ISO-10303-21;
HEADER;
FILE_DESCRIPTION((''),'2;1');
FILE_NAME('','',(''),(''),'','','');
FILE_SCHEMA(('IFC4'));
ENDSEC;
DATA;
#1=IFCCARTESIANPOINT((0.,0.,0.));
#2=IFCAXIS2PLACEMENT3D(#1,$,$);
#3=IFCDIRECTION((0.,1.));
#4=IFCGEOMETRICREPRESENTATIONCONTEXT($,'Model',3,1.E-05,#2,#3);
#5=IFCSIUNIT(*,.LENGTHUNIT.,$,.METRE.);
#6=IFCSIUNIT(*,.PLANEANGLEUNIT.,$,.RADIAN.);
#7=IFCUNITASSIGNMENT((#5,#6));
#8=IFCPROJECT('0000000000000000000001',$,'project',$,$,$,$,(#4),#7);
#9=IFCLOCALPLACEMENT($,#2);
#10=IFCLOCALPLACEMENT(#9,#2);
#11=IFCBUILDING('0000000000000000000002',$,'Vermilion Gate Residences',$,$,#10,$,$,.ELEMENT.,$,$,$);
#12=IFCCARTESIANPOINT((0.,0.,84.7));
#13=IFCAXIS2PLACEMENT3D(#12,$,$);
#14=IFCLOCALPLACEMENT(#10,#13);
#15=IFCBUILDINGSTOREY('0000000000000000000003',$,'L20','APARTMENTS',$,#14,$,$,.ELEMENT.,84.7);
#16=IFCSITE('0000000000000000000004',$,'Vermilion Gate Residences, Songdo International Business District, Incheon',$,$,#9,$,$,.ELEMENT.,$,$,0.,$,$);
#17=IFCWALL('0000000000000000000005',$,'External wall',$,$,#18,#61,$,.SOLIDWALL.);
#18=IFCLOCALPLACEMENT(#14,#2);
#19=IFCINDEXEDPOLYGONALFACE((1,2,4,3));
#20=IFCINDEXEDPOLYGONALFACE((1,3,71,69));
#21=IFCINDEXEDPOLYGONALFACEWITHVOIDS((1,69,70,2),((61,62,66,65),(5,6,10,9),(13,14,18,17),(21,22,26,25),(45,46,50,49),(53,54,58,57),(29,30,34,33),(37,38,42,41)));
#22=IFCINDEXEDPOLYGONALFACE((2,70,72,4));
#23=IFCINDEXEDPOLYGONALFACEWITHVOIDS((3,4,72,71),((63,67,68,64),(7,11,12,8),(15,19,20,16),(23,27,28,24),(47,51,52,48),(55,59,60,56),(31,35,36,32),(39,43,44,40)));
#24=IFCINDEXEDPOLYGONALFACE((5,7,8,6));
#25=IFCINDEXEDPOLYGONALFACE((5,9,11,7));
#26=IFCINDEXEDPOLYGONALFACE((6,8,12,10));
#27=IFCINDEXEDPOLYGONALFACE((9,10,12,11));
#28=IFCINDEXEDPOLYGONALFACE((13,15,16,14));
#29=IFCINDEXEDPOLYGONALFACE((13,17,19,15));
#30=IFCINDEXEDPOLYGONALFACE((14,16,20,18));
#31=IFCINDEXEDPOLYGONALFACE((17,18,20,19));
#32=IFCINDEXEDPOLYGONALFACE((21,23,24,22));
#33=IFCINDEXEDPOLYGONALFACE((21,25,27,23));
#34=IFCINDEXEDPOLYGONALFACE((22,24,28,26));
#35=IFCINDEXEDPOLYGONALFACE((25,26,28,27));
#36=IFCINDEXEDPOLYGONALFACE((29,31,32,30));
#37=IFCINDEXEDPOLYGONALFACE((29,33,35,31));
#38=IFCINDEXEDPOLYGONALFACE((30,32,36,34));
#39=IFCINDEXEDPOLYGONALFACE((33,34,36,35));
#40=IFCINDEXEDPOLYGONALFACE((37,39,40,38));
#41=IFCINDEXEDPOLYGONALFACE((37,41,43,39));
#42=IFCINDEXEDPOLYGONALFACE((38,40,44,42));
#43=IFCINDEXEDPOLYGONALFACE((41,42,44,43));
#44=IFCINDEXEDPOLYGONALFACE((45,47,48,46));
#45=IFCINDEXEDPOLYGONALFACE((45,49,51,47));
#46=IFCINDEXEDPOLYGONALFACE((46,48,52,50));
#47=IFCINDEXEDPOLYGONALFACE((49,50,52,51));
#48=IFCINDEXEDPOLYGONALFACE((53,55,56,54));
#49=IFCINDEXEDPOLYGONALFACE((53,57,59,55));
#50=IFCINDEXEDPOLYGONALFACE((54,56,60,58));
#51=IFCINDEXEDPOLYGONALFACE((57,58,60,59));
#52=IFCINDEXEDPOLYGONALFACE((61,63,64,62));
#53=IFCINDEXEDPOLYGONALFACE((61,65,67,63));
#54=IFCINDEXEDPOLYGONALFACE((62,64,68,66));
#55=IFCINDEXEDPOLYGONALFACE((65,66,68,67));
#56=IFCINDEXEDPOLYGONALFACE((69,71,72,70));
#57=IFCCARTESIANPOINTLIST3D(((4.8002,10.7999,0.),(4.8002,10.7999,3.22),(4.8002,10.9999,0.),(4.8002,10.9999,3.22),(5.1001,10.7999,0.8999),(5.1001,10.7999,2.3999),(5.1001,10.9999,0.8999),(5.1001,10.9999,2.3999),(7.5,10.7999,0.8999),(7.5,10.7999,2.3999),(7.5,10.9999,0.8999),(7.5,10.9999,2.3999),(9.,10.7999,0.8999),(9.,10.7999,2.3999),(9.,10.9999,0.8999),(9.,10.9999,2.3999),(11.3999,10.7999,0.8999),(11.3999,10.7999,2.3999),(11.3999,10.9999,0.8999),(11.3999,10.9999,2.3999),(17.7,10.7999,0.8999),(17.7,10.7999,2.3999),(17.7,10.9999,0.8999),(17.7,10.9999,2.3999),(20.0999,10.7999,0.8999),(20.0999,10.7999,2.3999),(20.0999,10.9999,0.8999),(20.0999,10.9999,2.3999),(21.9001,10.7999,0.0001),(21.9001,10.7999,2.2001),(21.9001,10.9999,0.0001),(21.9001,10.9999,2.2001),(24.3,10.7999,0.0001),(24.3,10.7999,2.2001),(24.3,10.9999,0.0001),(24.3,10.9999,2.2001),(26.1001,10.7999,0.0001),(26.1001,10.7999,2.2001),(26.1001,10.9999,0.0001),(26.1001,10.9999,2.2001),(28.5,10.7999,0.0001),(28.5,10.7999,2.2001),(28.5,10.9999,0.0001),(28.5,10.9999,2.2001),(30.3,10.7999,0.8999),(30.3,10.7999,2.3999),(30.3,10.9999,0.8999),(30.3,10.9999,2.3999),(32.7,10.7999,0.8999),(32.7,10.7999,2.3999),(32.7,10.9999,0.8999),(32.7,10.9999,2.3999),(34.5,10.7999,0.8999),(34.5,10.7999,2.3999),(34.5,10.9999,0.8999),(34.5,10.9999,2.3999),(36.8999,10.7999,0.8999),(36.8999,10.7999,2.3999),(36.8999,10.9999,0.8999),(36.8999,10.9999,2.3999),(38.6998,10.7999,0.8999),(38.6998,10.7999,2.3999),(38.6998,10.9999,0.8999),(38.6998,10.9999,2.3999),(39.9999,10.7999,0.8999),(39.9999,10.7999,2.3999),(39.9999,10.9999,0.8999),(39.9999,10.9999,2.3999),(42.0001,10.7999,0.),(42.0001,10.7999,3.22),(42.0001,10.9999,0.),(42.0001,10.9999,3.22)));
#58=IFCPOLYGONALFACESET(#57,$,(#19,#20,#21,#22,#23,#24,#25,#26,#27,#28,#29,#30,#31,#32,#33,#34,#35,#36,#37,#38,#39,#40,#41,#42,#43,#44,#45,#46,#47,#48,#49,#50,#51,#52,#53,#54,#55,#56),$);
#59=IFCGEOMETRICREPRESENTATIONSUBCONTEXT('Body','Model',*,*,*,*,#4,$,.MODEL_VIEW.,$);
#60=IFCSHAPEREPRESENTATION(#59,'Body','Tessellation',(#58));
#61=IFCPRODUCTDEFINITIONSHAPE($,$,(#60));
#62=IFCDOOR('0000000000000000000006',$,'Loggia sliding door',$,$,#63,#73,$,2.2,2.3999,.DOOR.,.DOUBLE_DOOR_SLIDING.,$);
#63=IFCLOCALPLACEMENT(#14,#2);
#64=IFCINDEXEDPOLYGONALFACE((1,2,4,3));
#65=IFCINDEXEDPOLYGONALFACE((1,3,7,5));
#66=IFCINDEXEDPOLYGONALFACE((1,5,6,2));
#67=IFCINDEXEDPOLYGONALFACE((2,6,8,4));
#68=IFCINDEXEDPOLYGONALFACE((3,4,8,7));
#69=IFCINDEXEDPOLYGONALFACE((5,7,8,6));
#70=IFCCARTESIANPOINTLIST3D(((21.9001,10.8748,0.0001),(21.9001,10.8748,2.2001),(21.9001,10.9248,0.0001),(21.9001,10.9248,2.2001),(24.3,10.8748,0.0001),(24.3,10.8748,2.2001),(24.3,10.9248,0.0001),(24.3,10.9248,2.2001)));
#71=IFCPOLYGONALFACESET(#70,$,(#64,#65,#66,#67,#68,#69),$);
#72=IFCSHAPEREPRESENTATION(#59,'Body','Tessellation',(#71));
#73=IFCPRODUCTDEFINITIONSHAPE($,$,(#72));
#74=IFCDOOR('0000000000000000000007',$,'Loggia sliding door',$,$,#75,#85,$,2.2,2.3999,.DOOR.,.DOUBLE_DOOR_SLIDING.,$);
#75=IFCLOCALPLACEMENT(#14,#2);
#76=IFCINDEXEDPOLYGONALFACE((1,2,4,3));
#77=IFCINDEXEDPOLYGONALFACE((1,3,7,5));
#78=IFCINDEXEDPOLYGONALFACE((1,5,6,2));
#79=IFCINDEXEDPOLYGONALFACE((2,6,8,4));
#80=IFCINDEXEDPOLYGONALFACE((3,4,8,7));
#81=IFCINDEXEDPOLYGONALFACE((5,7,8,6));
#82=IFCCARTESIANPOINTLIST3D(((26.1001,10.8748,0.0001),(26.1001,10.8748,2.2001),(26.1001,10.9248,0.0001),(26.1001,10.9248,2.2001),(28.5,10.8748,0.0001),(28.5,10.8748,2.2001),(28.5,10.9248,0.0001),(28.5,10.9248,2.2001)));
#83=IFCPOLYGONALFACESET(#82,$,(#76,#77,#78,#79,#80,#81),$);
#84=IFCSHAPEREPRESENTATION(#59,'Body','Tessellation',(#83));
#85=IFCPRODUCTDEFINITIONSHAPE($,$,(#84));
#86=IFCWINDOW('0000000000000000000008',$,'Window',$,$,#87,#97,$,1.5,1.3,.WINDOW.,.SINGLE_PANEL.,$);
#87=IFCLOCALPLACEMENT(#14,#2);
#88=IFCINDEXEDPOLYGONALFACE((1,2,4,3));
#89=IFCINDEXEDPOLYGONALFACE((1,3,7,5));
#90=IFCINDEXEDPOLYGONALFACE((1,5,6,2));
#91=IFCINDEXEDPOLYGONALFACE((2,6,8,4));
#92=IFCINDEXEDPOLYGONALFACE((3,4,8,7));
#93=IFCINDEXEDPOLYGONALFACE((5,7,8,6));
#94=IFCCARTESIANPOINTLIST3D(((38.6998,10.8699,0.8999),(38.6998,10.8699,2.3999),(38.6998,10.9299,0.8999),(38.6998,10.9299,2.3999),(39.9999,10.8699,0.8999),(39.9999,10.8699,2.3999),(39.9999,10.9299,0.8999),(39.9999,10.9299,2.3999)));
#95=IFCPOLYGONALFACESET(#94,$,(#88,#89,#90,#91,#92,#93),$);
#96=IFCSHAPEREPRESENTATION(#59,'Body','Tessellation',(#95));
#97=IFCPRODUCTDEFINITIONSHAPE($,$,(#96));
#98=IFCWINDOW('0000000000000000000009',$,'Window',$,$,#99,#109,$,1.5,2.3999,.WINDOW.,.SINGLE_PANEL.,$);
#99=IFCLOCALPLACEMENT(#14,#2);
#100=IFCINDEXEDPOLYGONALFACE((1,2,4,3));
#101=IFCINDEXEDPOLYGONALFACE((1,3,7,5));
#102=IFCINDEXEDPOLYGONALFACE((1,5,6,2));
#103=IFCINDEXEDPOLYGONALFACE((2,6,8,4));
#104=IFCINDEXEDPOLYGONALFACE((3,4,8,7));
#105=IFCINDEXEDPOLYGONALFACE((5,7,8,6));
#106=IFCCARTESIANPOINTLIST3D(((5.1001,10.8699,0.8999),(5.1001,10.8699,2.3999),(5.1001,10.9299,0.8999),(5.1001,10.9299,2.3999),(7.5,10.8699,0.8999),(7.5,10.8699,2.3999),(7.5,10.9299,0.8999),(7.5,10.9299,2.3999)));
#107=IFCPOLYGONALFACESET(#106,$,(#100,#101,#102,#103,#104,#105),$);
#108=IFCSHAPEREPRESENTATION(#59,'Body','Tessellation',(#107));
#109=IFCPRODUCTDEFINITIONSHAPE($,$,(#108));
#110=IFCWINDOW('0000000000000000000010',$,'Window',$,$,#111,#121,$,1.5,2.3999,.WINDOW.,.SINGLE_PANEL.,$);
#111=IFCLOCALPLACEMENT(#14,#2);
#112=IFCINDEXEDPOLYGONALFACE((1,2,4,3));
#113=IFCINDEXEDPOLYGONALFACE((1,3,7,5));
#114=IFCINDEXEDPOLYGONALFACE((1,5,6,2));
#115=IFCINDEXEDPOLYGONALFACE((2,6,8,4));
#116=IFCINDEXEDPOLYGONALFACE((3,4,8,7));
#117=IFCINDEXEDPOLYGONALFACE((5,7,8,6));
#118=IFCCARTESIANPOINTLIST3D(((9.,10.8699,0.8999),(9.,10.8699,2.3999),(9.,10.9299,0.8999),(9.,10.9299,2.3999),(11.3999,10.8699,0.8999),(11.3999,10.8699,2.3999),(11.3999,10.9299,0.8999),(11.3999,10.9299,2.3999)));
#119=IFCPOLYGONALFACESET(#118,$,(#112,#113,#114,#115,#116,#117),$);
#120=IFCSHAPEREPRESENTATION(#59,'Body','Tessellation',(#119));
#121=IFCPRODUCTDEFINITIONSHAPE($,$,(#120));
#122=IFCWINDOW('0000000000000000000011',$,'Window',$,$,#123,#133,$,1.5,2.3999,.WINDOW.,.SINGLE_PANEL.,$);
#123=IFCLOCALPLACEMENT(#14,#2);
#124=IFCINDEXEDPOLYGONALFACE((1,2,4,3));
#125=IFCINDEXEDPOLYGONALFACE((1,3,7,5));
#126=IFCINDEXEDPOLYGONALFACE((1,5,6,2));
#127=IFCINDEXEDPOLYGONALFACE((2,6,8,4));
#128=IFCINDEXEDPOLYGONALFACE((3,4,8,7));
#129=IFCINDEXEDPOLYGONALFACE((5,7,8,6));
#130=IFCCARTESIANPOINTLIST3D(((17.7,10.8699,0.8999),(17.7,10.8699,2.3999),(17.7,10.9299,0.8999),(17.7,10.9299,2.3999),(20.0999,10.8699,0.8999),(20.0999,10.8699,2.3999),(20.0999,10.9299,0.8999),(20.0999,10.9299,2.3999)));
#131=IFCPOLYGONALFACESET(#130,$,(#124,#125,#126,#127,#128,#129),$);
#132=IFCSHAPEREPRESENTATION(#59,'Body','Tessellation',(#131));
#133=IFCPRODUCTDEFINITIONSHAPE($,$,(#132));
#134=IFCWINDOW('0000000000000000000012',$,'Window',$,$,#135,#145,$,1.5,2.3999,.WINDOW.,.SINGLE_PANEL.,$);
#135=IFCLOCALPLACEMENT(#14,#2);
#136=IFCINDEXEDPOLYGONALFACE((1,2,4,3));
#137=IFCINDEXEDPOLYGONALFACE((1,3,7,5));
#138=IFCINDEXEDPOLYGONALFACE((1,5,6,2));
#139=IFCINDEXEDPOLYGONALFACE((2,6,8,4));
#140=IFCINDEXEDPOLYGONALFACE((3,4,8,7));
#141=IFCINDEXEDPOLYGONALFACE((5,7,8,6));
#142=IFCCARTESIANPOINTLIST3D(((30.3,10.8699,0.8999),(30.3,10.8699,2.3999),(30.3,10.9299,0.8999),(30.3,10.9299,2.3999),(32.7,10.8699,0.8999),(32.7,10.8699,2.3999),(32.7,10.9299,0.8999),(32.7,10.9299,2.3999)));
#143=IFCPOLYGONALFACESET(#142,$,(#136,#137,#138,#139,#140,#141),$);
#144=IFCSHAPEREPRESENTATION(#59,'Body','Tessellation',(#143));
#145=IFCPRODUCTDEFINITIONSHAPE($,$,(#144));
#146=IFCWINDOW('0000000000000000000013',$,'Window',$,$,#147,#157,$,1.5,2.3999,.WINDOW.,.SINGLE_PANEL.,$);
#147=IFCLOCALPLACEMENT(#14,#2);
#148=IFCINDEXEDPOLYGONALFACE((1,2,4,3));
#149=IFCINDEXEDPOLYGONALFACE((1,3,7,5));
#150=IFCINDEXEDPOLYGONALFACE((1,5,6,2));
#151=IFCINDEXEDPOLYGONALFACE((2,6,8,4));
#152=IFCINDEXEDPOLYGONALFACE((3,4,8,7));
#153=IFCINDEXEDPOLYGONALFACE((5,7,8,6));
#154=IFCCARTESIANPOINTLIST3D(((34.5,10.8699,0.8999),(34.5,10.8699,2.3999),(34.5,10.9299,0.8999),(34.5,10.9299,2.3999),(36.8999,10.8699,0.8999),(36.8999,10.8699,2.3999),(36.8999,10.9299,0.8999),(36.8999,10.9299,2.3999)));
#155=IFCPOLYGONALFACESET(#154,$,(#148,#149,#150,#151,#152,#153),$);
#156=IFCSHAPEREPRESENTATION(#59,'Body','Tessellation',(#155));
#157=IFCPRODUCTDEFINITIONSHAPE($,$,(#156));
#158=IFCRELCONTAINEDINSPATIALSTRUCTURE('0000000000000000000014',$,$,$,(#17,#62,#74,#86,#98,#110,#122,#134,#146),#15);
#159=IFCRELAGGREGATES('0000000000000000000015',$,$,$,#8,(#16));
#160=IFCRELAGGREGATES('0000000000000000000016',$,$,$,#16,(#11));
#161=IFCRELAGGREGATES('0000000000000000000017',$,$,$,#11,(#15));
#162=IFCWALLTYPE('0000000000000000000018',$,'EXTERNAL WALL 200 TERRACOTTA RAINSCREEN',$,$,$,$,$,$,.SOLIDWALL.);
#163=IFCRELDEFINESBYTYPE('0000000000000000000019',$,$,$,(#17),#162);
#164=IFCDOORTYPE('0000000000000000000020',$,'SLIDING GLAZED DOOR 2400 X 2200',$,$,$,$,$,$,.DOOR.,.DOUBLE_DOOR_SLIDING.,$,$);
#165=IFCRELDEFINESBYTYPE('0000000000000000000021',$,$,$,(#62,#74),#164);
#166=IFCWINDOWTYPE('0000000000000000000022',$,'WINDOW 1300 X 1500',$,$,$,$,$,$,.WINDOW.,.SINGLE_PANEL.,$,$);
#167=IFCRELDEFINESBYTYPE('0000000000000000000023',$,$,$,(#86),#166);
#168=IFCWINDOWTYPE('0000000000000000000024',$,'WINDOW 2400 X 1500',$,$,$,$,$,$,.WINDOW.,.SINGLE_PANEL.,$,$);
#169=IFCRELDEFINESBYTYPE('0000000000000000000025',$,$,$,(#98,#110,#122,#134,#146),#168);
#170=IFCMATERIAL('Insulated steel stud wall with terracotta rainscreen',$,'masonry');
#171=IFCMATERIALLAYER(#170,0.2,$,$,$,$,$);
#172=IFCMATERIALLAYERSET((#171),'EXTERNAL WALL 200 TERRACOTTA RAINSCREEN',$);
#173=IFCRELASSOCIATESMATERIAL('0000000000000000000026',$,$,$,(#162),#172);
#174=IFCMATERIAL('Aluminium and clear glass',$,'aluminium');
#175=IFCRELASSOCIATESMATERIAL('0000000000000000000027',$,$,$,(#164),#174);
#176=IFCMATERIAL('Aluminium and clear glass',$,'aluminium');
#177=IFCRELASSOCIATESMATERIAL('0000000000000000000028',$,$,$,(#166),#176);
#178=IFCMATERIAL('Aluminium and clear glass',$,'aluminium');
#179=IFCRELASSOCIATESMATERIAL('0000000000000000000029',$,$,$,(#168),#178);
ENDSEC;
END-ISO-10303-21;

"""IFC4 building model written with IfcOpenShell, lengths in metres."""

from ifc_helpers import new_model, si_unit, direction, frame, frame_2d, origin, place, context, subcontext, project, spatial, rectangle, extrude, material, layer, layer_set, type_object, element, fill, save


model = new_model("IFC4")

# Units and contexts
model_context = context("Model", 3, precision=1e-05, world=origin(), true_north=direction((0.0, 1.0)))
body_context = subcontext(model_context, "Body", "Model", "MODEL_VIEW")
ifc_project = project(units=[si_unit("LENGTHUNIT", "METRE"), si_unit("PLANEANGLEUNIT", "RADIAN")], contexts=[model_context])

# Site, building, storey
site_placement = place(None, origin())
site = spatial("IfcSite", under=ifc_project, at=site_placement, Name="Vermilion Gate Residences, Songdo International Business District, Incheon", CompositionType="ELEMENT", RefElevation=0.0)
building_placement = place(site_placement, origin())
building = spatial("IfcBuilding", under=site, at=building_placement, Name="Vermilion Gate Residences", CompositionType="ELEMENT")
storey_placement = place(building_placement, frame((0.0, 0.0, 84.7)))
storey = spatial("IfcBuildingStorey", under=building, at=storey_placement, Name="L20", Description="APARTMENTS", CompositionType="ELEMENT", Elevation=84.7)

# Shared definitions
ifc_material_1 = material(Name="Insulated steel stud wall with terracotta rainscreen", Category="masonry")
ifc_layer_1 = layer(ifc_material_1, 0.2)
ifc_layer_set_1 = layer_set([ifc_layer_1], Name="EXTERNAL WALL 200 TERRACOTTA RAINSCREEN")
wall_type_1 = type_object("IfcWallType", Name="EXTERNAL WALL 200 TERRACOTTA RAINSCREEN", PredefinedType="SOLIDWALL", material=ifc_layer_set_1)

# Wall, openings, doors, windows
wall_1_placement = place(storey_placement, frame((4.8, 10.8999, 0.0), z_axis=(0.0, 0.0, 1.0), x_axis=(1.0, 0.0, 0.0)))
wall_1 = element("IfcWall", 1, at=wall_1_placement, inside=storey, type_object=wall_type_1, Name="External wall", PredefinedType="SOLIDWALL", context=body_context, shape_type="SweptSolid", body=[
    extrude(rectangle(XDim=37.2, YDim=0.2, at=frame_2d((18.6001, 0.0))), origin(), (0.0, 0.0, 1.0), 3.22),
])
opening_1_placement = place(wall_1_placement, frame((0.3, 0.0, 0.8999)))
opening_1 = element("IfcOpeningElement", 2, at=opening_1_placement, cuts=wall_1, PredefinedType="OPENING", context=body_context, shape_type="SweptSolid", body=[
    extrude(rectangle(XDim=2.3999, YDim=1.5, at=frame_2d((1.2, 0.75))), frame((0.0, 0.1099, 0.0), z_axis=(0.0, -1.0, 0.0), x_axis=(1.0, 0.0, 0.0)), (0.0, 0.0, 1.0), 0.22),
])
opening_2_placement = place(wall_1_placement, frame((4.2, 0.0, 0.8999)))
opening_2 = element("IfcOpeningElement", 3, at=opening_2_placement, cuts=wall_1, PredefinedType="OPENING", context=body_context, shape_type="SweptSolid", body=[
    extrude(rectangle(XDim=2.3999, YDim=1.5, at=frame_2d((1.2, 0.75))), frame((0.0, 0.1099, 0.0), z_axis=(0.0, -1.0, 0.0), x_axis=(1.0, 0.0, 0.0)), (0.0, 0.0, 1.0), 0.22),
])
opening_3_placement = place(wall_1_placement, frame((12.8999, 0.0, 0.8999)))
opening_3 = element("IfcOpeningElement", 4, at=opening_3_placement, cuts=wall_1, PredefinedType="OPENING", context=body_context, shape_type="SweptSolid", body=[
    extrude(rectangle(XDim=2.3999, YDim=1.5, at=frame_2d((1.2, 0.75))), frame((0.0, 0.1099, 0.0), z_axis=(0.0, -1.0, 0.0), x_axis=(1.0, 0.0, 0.0)), (0.0, 0.0, 1.0), 0.22),
])
opening_4_placement = place(wall_1_placement, frame((17.1001, 0.0, 0.0)))
opening_4 = element("IfcOpeningElement", 5, at=opening_4_placement, cuts=wall_1, PredefinedType="OPENING", context=body_context, shape_type="SweptSolid", body=[
    extrude(rectangle(XDim=2.3999, YDim=2.2, at=frame_2d((1.2, 1.1001))), frame((0.0, 0.1099, 0.0), z_axis=(0.0, -1.0, 0.0), x_axis=(1.0, 0.0, 0.0)), (0.0, 0.0, 1.0), 0.22),
])
opening_5_placement = place(wall_1_placement, frame((21.3, 0.0, 0.0)))
opening_5 = element("IfcOpeningElement", 6, at=opening_5_placement, cuts=wall_1, PredefinedType="OPENING", context=body_context, shape_type="SweptSolid", body=[
    extrude(rectangle(XDim=2.3999, YDim=2.2, at=frame_2d((1.2, 1.1001))), frame((0.0, 0.1099, 0.0), z_axis=(0.0, -1.0, 0.0), x_axis=(1.0, 0.0, 0.0)), (0.0, 0.0, 1.0), 0.22),
])
opening_6_placement = place(wall_1_placement, frame((25.5, 0.0, 0.8999)))
opening_6 = element("IfcOpeningElement", 7, at=opening_6_placement, cuts=wall_1, PredefinedType="OPENING", context=body_context, shape_type="SweptSolid", body=[
    extrude(rectangle(XDim=2.3999, YDim=1.5, at=frame_2d((1.2, 0.75))), frame((0.0, 0.1099, 0.0), z_axis=(0.0, -1.0, 0.0), x_axis=(1.0, 0.0, 0.0)), (0.0, 0.0, 1.0), 0.22),
])
opening_7_placement = place(wall_1_placement, frame((29.7, 0.0, 0.8999)))
opening_7 = element("IfcOpeningElement", 8, at=opening_7_placement, cuts=wall_1, PredefinedType="OPENING", context=body_context, shape_type="SweptSolid", body=[
    extrude(rectangle(XDim=2.3999, YDim=1.5, at=frame_2d((1.2, 0.75))), frame((0.0, 0.1099, 0.0), z_axis=(0.0, -1.0, 0.0), x_axis=(1.0, 0.0, 0.0)), (0.0, 0.0, 1.0), 0.22),
])
opening_8_placement = place(wall_1_placement, frame((33.8999, 0.0, 0.8999)))
opening_8 = element("IfcOpeningElement", 9, at=opening_8_placement, cuts=wall_1, PredefinedType="OPENING", context=body_context, shape_type="SweptSolid", body=[
    extrude(rectangle(XDim=1.3, YDim=1.5, at=frame_2d((0.6499, 0.75))), frame((0.0, 0.1099, 0.0), z_axis=(0.0, -1.0, 0.0), x_axis=(1.0, 0.0, 0.0)), (0.0, 0.0, 1.0), 0.22),
])
ifc_material_2 = material(Name="Aluminium and clear glass", Category="aluminium")
door_type_1 = type_object("IfcDoorType", Name="SLIDING GLAZED DOOR 2400 X 2200", OperationType="DOUBLE_DOOR_SLIDING", PredefinedType="DOOR", material=ifc_material_2)
door_1_placement = place(opening_4_placement, origin())
door_1 = element("IfcDoor", 10, at=door_1_placement, inside=storey, type_object=door_type_1, Name="Loggia sliding door", OperationType="DOUBLE_DOOR_SLIDING", OverallHeight=2.2, OverallWidth=2.3999, PredefinedType="DOOR", context=body_context, shape_type="SweptSolid", body=[
    extrude(rectangle(XDim=2.3999, YDim=2.2, at=frame_2d((1.2, 1.1001))), frame((0.0, 0.0249, 0.0), z_axis=(0.0, -1.0, 0.0), x_axis=(1.0, 0.0, 0.0)), (0.0, 0.0, 1.0), 0.05),
])
fill(opening_4, door_1)
door_2_placement = place(opening_5_placement, origin())
door_2 = element("IfcDoor", 11, at=door_2_placement, inside=storey, type_object=door_type_1, Name="Loggia sliding door", OperationType="DOUBLE_DOOR_SLIDING", OverallHeight=2.2, OverallWidth=2.3999, PredefinedType="DOOR", context=body_context, shape_type="SweptSolid", body=[
    extrude(rectangle(XDim=2.3999, YDim=2.2, at=frame_2d((1.2, 1.1001))), frame((0.0, 0.0249, 0.0), z_axis=(0.0, -1.0, 0.0), x_axis=(1.0, 0.0, 0.0)), (0.0, 0.0, 1.0), 0.05),
])
fill(opening_5, door_2)
ifc_material_3 = material(Name="Aluminium and clear glass", Category="aluminium")
window_type_1 = type_object("IfcWindowType", Name="WINDOW 1300 X 1500", PartitioningType="SINGLE_PANEL", PredefinedType="WINDOW", material=ifc_material_3)
window_1_placement = place(opening_8_placement, origin())
window_1 = element("IfcWindow", 12, at=window_1_placement, inside=storey, type_object=window_type_1, Name="Window", OverallHeight=1.5, OverallWidth=1.3, PartitioningType="SINGLE_PANEL", PredefinedType="WINDOW", context=body_context, shape_type="SweptSolid", body=[
    extrude(rectangle(XDim=1.3, YDim=1.5, at=frame_2d((0.6499, 0.75))), frame((0.0, 0.03, 0.0), z_axis=(0.0, -1.0, 0.0), x_axis=(1.0, 0.0, 0.0)), (0.0, 0.0, 1.0), 0.0601),
])
fill(opening_8, window_1)
ifc_material_4 = material(Name="Aluminium and clear glass", Category="aluminium")
window_type_2 = type_object("IfcWindowType", Name="WINDOW 2400 X 1500", PartitioningType="SINGLE_PANEL", PredefinedType="WINDOW", material=ifc_material_4)
window_2_placement = place(opening_1_placement, origin())
window_2 = element("IfcWindow", 13, at=window_2_placement, inside=storey, type_object=window_type_2, Name="Window", OverallHeight=1.5, OverallWidth=2.3999, PartitioningType="SINGLE_PANEL", PredefinedType="WINDOW", context=body_context, shape_type="SweptSolid", body=[
    extrude(rectangle(XDim=2.3999, YDim=1.5, at=frame_2d((1.2, 0.75))), frame((0.0, 0.03, 0.0), z_axis=(0.0, -1.0, 0.0), x_axis=(1.0, 0.0, 0.0)), (0.0, 0.0, 1.0), 0.0601),
])
fill(opening_1, window_2)
window_3_placement = place(opening_2_placement, origin())
window_3 = element("IfcWindow", 14, at=window_3_placement, inside=storey, type_object=window_type_2, Name="Window", OverallHeight=1.5, OverallWidth=2.3999, PartitioningType="SINGLE_PANEL", PredefinedType="WINDOW", context=body_context, shape_type="SweptSolid", body=[
    extrude(rectangle(XDim=2.3999, YDim=1.5, at=frame_2d((1.2, 0.75))), frame((0.0, 0.03, 0.0), z_axis=(0.0, -1.0, 0.0), x_axis=(1.0, 0.0, 0.0)), (0.0, 0.0, 1.0), 0.0601),
])
fill(opening_2, window_3)
window_4_placement = place(opening_3_placement, origin())
window_4 = element("IfcWindow", 15, at=window_4_placement, inside=storey, type_object=window_type_2, Name="Window", OverallHeight=1.5, OverallWidth=2.3999, PartitioningType="SINGLE_PANEL", PredefinedType="WINDOW", context=body_context, shape_type="SweptSolid", body=[
    extrude(rectangle(XDim=2.3999, YDim=1.5, at=frame_2d((1.2, 0.75))), frame((0.0, 0.03, 0.0), z_axis=(0.0, -1.0, 0.0), x_axis=(1.0, 0.0, 0.0)), (0.0, 0.0, 1.0), 0.0601),
])
fill(opening_3, window_4)
window_5_placement = place(opening_6_placement, origin())
window_5 = element("IfcWindow", 16, at=window_5_placement, inside=storey, type_object=window_type_2, Name="Window", OverallHeight=1.5, OverallWidth=2.3999, PartitioningType="SINGLE_PANEL", PredefinedType="WINDOW", context=body_context, shape_type="SweptSolid", body=[
    extrude(rectangle(XDim=2.3999, YDim=1.5, at=frame_2d((1.2, 0.75))), frame((0.0, 0.03, 0.0), z_axis=(0.0, -1.0, 0.0), x_axis=(1.0, 0.0, 0.0)), (0.0, 0.0, 1.0), 0.0601),
])
fill(opening_6, window_5)
window_6_placement = place(opening_7_placement, origin())
window_6 = element("IfcWindow", 17, at=window_6_placement, inside=storey, type_object=window_type_2, Name="Window", OverallHeight=1.5, OverallWidth=2.3999, PartitioningType="SINGLE_PANEL", PredefinedType="WINDOW", context=body_context, shape_type="SweptSolid", body=[
    extrude(rectangle(XDim=2.3999, YDim=1.5, at=frame_2d((1.2, 0.75))), frame((0.0, 0.03, 0.0), z_axis=(0.0, -1.0, 0.0), x_axis=(1.0, 0.0, 0.0)), (0.0, 0.0, 1.0), 0.0601),
])
fill(opening_7, window_6)

save(model, "model.ifc")
